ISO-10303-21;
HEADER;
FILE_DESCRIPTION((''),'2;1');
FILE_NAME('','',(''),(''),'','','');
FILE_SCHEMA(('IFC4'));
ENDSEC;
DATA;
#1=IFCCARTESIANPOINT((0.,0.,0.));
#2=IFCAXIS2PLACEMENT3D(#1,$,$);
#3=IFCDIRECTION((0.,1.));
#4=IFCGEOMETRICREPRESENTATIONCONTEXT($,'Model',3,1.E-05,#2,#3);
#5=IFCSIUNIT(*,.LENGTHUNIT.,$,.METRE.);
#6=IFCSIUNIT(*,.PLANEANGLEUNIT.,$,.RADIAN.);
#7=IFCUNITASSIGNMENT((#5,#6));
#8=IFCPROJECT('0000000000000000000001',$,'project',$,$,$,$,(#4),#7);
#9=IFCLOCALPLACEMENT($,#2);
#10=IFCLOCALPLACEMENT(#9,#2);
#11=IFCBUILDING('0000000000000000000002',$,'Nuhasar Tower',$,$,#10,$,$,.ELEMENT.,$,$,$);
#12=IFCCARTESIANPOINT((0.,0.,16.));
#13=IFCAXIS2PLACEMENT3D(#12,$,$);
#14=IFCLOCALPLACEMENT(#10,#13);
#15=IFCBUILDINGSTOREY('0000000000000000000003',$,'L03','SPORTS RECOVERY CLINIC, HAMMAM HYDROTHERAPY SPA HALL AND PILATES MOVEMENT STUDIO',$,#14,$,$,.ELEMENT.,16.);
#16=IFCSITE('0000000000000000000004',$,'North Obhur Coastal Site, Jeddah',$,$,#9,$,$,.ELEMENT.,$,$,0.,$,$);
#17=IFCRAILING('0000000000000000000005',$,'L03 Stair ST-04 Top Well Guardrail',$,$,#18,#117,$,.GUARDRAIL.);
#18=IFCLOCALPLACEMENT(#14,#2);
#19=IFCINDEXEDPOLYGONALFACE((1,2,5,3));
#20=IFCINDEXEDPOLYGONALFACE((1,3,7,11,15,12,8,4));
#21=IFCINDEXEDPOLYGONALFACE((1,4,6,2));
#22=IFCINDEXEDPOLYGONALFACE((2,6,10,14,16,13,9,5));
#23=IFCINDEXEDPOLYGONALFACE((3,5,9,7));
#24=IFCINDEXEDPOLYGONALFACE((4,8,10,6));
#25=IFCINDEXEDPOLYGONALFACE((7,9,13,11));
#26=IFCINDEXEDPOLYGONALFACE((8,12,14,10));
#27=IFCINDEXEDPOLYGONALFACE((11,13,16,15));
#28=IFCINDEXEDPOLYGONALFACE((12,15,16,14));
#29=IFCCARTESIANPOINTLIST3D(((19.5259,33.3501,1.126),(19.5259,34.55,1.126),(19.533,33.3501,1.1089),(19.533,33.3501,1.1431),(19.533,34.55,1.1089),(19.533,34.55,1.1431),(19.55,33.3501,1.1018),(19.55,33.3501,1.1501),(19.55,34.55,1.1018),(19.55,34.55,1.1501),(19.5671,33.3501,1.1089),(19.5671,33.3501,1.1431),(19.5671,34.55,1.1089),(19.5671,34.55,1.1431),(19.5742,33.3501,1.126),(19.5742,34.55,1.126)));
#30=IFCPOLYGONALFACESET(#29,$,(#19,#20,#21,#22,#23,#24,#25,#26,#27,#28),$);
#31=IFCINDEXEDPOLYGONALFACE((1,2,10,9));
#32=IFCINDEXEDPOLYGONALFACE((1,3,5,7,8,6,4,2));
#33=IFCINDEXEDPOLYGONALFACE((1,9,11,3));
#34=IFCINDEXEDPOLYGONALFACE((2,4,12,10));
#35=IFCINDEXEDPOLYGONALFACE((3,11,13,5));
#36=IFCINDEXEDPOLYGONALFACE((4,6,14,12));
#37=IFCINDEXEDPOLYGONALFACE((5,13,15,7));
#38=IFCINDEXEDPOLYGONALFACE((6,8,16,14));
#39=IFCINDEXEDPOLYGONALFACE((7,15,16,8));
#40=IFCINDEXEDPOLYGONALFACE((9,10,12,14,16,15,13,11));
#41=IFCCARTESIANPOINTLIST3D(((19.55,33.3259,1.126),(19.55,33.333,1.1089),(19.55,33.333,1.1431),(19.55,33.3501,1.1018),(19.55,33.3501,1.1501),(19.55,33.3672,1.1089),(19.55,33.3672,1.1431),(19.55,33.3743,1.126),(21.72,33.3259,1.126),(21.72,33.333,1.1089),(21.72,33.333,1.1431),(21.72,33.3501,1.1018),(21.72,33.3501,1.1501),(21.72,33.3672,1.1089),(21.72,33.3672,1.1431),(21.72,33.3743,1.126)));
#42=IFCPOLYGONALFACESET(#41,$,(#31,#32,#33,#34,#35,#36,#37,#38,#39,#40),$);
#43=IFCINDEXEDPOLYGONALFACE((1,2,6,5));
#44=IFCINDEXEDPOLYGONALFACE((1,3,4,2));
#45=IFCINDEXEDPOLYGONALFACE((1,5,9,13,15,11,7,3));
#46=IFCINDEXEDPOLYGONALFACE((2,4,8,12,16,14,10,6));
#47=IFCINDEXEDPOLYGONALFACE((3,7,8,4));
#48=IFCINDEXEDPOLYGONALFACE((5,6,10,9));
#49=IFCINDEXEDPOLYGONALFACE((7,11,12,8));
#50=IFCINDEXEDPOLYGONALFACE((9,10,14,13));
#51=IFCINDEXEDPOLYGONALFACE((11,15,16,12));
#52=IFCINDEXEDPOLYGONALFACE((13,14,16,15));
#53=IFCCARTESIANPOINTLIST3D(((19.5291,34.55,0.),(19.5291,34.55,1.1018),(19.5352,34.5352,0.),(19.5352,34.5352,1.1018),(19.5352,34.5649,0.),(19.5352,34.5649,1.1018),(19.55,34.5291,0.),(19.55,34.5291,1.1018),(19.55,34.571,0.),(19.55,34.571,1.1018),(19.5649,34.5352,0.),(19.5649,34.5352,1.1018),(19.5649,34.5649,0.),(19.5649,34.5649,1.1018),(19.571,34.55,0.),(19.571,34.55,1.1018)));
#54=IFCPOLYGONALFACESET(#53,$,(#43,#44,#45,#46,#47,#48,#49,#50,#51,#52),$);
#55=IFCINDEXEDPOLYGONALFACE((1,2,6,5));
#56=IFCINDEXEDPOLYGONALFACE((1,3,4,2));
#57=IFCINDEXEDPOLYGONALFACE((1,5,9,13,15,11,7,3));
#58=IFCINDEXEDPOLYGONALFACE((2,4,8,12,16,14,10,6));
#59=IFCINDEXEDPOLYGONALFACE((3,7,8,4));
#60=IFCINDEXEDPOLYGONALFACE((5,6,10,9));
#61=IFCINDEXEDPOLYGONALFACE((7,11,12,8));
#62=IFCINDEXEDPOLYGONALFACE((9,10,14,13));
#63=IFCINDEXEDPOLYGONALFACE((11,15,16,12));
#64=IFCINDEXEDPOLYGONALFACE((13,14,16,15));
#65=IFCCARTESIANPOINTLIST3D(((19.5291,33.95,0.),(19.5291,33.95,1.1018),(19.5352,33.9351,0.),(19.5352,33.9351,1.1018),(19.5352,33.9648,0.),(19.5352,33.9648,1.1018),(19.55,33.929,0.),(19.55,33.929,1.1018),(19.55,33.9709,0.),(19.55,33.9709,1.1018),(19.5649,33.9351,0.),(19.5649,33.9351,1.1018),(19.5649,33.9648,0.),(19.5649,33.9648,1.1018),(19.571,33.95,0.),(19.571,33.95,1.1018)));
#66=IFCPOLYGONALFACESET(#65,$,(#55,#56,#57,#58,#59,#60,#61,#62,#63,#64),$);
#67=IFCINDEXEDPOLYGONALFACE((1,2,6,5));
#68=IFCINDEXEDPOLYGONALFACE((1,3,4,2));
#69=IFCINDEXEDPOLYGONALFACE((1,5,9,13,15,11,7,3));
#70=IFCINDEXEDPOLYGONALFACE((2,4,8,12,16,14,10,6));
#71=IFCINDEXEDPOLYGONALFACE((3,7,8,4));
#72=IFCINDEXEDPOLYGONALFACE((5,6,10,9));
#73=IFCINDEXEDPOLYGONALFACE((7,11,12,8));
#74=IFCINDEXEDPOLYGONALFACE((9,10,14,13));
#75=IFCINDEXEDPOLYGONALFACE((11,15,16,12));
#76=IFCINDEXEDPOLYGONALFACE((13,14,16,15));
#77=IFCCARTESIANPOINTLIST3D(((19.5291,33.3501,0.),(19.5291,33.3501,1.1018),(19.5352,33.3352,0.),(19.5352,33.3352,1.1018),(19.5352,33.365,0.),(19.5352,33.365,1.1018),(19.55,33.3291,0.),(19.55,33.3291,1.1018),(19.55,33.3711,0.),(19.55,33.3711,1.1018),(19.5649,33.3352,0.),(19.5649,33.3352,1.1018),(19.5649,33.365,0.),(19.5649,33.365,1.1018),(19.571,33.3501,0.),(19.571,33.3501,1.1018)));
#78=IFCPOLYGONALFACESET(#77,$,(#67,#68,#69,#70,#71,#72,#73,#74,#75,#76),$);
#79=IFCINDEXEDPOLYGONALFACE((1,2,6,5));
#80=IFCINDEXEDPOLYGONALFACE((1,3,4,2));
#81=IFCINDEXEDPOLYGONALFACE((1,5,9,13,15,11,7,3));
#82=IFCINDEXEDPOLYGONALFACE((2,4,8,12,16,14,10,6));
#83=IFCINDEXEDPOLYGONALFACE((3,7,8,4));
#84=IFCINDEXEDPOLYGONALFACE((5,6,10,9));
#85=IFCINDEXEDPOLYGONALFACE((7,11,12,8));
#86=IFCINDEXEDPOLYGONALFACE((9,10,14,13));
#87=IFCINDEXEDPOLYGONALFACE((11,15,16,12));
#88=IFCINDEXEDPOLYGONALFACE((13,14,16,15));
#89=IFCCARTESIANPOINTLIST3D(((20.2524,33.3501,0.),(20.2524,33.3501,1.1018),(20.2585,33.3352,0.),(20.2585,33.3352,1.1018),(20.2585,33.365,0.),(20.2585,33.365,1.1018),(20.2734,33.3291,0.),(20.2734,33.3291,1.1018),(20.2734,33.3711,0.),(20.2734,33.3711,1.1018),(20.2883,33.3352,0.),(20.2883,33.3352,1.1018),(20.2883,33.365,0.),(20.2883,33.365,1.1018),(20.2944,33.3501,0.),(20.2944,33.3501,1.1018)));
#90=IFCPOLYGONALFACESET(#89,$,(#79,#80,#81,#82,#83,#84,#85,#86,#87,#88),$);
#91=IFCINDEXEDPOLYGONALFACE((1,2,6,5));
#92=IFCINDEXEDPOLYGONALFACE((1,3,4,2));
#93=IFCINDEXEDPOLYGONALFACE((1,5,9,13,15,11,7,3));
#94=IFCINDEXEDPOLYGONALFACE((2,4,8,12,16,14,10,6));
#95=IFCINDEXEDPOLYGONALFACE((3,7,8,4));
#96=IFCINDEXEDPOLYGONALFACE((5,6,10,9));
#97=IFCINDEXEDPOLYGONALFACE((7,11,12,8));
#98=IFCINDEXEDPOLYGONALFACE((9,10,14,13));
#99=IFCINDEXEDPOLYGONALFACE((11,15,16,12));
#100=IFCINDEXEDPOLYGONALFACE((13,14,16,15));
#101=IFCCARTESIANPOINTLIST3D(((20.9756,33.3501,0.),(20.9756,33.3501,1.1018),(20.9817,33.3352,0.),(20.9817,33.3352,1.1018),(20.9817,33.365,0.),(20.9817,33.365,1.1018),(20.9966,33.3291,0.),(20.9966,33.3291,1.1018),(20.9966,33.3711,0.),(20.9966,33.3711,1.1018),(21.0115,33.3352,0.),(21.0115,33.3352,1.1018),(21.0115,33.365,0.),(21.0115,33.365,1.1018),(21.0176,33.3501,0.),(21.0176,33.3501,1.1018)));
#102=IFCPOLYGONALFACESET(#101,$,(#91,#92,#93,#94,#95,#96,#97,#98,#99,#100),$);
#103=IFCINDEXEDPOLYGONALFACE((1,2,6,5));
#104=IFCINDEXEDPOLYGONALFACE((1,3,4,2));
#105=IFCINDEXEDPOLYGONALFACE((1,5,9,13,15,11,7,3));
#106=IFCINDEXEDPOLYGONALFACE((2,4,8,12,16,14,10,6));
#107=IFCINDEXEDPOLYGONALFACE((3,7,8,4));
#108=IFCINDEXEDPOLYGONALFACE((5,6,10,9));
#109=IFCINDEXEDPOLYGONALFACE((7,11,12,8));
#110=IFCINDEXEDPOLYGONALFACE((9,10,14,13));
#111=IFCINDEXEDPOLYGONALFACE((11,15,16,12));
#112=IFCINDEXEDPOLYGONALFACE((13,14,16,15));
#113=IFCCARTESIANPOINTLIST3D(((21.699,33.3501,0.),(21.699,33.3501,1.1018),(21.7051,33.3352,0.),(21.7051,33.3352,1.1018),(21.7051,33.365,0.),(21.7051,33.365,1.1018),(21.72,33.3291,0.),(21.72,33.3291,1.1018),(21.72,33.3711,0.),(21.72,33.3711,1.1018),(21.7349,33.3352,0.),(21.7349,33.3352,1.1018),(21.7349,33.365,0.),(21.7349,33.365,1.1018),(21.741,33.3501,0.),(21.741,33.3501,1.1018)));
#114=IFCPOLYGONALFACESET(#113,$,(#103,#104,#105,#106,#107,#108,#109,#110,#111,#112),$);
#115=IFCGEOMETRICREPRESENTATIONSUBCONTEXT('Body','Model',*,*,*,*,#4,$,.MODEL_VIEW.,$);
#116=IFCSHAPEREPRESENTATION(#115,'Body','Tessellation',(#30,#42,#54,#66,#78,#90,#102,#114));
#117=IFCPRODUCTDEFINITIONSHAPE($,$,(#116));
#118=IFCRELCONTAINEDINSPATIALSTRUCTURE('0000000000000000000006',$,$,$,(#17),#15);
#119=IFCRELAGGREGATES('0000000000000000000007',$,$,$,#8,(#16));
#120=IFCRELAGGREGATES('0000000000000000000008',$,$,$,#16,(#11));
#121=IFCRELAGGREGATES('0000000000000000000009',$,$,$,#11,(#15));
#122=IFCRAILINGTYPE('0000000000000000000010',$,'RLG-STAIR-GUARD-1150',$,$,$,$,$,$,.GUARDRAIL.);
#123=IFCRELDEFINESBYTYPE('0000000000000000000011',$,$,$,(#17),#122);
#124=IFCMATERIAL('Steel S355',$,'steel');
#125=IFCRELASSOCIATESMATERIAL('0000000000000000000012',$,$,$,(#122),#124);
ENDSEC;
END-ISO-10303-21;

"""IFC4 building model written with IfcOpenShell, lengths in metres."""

from ifc_helpers import new_model, si_unit, direction, frame, origin, place, context, subcontext, project, spatial, polyline, outline, extrude, material, type_object, element, save


model = new_model("IFC4")

# Units and contexts
model_context = context("Model", 3, precision=1e-05, world=origin(), true_north=direction((0.0, 1.0)))
body_context = subcontext(model_context, "Body", "Model", "MODEL_VIEW")
ifc_project = project(units=[si_unit("LENGTHUNIT", "METRE"), si_unit("PLANEANGLEUNIT", "RADIAN")], contexts=[model_context])

# Site, building, storey
site_placement = place(None, origin())
site = spatial("IfcSite", under=ifc_project, at=site_placement, Name="North Obhur Coastal Site, Jeddah", CompositionType="ELEMENT", RefElevation=0.0)
building_placement = place(site_placement, origin())
building = spatial("IfcBuilding", under=site, at=building_placement, Name="Nuhasar Tower", CompositionType="ELEMENT")
storey_placement = place(building_placement, frame((0.0, 0.0, 16.0)))
storey = spatial("IfcBuildingStorey", under=building, at=storey_placement, Name="L03", Description="SPORTS RECOVERY CLINIC, HAMMAM HYDROTHERAPY SPA HALL AND PILATES MOVEMENT STUDIO", CompositionType="ELEMENT", Elevation=16.0)

# Shared definitions
ifc_material_1 = material(Name="Steel S355", Category="steel")

# Railing
railing_type = type_object("IfcRailingType", Name="RLG-STAIR-GUARD-1150", PredefinedType="GUARDRAIL", material=ifc_material_1)
railing_placement = place(storey_placement, frame((19.55, 34.55, 0.0)))
element("IfcRailing", 1, at=railing_placement, inside=storey, type_object=railing_type, Name="L03 Stair ST-04 Top Well Guardrail", PredefinedType="GUARDRAIL", context=body_context, shape_type="SweptSolid", body=[
    extrude(outline(polyline([(0.0242, 0.0), (0.0171, 0.0171), (0.0, 0.0242), (-0.0171, 0.0171), (-0.0242, 0.0), (-0.0171, -0.0171), (0.0, -0.0242), (0.0171, -0.0171), (0.0242, 0.0)])), frame((0.0, 0.0, 1.126), z_axis=(0.0, -1.0, 0.0), x_axis=(1.0, 0.0, 0.0)), (0.0, 0.0, 1.0), 1.2),
    extrude(outline(polyline([(0.0242, 0.0), (0.0171, 0.0171), (0.0, 0.0242), (-0.0171, 0.0171), (-0.0242, 0.0), (-0.0171, -0.0171), (0.0, -0.0242), (0.0171, -0.0171), (0.0242, 0.0)])), frame((0.0, -1.2, 1.126), z_axis=(1.0, 0.0, 0.0), x_axis=(0.0, 1.0, 0.0)), (0.0, 0.0, 1.0), 2.1699),
    extrude(outline(polyline([(0.021, 0.0), (0.0149, 0.0149), (0.0, 0.021), (-0.0149, 0.0149), (-0.021, 0.0), (-0.0149, -0.0149), (0.0, -0.021), (0.0149, -0.0149), (0.021, 0.0)])), origin(), (0.0, 0.0, 1.0), 1.1018),
    extrude(outline(polyline([(0.021, 0.0), (0.0149, 0.0149), (0.0, 0.021), (-0.0149, 0.0149), (-0.021, 0.0), (-0.0149, -0.0149), (0.0, -0.021), (0.0149, -0.0149), (0.021, 0.0)])), frame((0.0, -0.6001, 0.0)), (0.0, 0.0, 1.0), 1.1018),
    extrude(outline(polyline([(0.021, 0.0), (0.0149, 0.0149), (0.0, 0.021), (-0.0149, 0.0149), (-0.021, 0.0), (-0.0149, -0.0149), (0.0, -0.021), (0.0149, -0.0149), (0.021, 0.0)])), frame((0.0, -1.2, 0.0)), (0.0, 0.0, 1.0), 1.1018),
    extrude(outline(polyline([(0.021, 0.0), (0.0149, 0.0149), (0.0, 0.021), (-0.0149, 0.0149), (-0.021, 0.0), (-0.0149, -0.0149), (0.0, -0.021), (0.0149, -0.0149), (0.021, 0.0)])), frame((0.7234, -1.2, 0.0)), (0.0, 0.0, 1.0), 1.1018),
    extrude(outline(polyline([(0.021, 0.0), (0.0149, 0.0149), (0.0, 0.021), (-0.0149, 0.0149), (-0.021, 0.0), (-0.0149, -0.0149), (0.0, -0.021), (0.0149, -0.0149), (0.021, 0.0)])), frame((1.4465, -1.2, 0.0)), (0.0, 0.0, 1.0), 1.1018),
    extrude(outline(polyline([(0.021, 0.0), (0.0149, 0.0149), (0.0, 0.021), (-0.0149, 0.0149), (-0.021, 0.0), (-0.0149, -0.0149), (0.0, -0.021), (0.0149, -0.0149), (0.021, 0.0)])), frame((2.1699, -1.2, 0.0)), (0.0, 0.0, 1.0), 1.1018),
])

save(model, "model.ifc")
